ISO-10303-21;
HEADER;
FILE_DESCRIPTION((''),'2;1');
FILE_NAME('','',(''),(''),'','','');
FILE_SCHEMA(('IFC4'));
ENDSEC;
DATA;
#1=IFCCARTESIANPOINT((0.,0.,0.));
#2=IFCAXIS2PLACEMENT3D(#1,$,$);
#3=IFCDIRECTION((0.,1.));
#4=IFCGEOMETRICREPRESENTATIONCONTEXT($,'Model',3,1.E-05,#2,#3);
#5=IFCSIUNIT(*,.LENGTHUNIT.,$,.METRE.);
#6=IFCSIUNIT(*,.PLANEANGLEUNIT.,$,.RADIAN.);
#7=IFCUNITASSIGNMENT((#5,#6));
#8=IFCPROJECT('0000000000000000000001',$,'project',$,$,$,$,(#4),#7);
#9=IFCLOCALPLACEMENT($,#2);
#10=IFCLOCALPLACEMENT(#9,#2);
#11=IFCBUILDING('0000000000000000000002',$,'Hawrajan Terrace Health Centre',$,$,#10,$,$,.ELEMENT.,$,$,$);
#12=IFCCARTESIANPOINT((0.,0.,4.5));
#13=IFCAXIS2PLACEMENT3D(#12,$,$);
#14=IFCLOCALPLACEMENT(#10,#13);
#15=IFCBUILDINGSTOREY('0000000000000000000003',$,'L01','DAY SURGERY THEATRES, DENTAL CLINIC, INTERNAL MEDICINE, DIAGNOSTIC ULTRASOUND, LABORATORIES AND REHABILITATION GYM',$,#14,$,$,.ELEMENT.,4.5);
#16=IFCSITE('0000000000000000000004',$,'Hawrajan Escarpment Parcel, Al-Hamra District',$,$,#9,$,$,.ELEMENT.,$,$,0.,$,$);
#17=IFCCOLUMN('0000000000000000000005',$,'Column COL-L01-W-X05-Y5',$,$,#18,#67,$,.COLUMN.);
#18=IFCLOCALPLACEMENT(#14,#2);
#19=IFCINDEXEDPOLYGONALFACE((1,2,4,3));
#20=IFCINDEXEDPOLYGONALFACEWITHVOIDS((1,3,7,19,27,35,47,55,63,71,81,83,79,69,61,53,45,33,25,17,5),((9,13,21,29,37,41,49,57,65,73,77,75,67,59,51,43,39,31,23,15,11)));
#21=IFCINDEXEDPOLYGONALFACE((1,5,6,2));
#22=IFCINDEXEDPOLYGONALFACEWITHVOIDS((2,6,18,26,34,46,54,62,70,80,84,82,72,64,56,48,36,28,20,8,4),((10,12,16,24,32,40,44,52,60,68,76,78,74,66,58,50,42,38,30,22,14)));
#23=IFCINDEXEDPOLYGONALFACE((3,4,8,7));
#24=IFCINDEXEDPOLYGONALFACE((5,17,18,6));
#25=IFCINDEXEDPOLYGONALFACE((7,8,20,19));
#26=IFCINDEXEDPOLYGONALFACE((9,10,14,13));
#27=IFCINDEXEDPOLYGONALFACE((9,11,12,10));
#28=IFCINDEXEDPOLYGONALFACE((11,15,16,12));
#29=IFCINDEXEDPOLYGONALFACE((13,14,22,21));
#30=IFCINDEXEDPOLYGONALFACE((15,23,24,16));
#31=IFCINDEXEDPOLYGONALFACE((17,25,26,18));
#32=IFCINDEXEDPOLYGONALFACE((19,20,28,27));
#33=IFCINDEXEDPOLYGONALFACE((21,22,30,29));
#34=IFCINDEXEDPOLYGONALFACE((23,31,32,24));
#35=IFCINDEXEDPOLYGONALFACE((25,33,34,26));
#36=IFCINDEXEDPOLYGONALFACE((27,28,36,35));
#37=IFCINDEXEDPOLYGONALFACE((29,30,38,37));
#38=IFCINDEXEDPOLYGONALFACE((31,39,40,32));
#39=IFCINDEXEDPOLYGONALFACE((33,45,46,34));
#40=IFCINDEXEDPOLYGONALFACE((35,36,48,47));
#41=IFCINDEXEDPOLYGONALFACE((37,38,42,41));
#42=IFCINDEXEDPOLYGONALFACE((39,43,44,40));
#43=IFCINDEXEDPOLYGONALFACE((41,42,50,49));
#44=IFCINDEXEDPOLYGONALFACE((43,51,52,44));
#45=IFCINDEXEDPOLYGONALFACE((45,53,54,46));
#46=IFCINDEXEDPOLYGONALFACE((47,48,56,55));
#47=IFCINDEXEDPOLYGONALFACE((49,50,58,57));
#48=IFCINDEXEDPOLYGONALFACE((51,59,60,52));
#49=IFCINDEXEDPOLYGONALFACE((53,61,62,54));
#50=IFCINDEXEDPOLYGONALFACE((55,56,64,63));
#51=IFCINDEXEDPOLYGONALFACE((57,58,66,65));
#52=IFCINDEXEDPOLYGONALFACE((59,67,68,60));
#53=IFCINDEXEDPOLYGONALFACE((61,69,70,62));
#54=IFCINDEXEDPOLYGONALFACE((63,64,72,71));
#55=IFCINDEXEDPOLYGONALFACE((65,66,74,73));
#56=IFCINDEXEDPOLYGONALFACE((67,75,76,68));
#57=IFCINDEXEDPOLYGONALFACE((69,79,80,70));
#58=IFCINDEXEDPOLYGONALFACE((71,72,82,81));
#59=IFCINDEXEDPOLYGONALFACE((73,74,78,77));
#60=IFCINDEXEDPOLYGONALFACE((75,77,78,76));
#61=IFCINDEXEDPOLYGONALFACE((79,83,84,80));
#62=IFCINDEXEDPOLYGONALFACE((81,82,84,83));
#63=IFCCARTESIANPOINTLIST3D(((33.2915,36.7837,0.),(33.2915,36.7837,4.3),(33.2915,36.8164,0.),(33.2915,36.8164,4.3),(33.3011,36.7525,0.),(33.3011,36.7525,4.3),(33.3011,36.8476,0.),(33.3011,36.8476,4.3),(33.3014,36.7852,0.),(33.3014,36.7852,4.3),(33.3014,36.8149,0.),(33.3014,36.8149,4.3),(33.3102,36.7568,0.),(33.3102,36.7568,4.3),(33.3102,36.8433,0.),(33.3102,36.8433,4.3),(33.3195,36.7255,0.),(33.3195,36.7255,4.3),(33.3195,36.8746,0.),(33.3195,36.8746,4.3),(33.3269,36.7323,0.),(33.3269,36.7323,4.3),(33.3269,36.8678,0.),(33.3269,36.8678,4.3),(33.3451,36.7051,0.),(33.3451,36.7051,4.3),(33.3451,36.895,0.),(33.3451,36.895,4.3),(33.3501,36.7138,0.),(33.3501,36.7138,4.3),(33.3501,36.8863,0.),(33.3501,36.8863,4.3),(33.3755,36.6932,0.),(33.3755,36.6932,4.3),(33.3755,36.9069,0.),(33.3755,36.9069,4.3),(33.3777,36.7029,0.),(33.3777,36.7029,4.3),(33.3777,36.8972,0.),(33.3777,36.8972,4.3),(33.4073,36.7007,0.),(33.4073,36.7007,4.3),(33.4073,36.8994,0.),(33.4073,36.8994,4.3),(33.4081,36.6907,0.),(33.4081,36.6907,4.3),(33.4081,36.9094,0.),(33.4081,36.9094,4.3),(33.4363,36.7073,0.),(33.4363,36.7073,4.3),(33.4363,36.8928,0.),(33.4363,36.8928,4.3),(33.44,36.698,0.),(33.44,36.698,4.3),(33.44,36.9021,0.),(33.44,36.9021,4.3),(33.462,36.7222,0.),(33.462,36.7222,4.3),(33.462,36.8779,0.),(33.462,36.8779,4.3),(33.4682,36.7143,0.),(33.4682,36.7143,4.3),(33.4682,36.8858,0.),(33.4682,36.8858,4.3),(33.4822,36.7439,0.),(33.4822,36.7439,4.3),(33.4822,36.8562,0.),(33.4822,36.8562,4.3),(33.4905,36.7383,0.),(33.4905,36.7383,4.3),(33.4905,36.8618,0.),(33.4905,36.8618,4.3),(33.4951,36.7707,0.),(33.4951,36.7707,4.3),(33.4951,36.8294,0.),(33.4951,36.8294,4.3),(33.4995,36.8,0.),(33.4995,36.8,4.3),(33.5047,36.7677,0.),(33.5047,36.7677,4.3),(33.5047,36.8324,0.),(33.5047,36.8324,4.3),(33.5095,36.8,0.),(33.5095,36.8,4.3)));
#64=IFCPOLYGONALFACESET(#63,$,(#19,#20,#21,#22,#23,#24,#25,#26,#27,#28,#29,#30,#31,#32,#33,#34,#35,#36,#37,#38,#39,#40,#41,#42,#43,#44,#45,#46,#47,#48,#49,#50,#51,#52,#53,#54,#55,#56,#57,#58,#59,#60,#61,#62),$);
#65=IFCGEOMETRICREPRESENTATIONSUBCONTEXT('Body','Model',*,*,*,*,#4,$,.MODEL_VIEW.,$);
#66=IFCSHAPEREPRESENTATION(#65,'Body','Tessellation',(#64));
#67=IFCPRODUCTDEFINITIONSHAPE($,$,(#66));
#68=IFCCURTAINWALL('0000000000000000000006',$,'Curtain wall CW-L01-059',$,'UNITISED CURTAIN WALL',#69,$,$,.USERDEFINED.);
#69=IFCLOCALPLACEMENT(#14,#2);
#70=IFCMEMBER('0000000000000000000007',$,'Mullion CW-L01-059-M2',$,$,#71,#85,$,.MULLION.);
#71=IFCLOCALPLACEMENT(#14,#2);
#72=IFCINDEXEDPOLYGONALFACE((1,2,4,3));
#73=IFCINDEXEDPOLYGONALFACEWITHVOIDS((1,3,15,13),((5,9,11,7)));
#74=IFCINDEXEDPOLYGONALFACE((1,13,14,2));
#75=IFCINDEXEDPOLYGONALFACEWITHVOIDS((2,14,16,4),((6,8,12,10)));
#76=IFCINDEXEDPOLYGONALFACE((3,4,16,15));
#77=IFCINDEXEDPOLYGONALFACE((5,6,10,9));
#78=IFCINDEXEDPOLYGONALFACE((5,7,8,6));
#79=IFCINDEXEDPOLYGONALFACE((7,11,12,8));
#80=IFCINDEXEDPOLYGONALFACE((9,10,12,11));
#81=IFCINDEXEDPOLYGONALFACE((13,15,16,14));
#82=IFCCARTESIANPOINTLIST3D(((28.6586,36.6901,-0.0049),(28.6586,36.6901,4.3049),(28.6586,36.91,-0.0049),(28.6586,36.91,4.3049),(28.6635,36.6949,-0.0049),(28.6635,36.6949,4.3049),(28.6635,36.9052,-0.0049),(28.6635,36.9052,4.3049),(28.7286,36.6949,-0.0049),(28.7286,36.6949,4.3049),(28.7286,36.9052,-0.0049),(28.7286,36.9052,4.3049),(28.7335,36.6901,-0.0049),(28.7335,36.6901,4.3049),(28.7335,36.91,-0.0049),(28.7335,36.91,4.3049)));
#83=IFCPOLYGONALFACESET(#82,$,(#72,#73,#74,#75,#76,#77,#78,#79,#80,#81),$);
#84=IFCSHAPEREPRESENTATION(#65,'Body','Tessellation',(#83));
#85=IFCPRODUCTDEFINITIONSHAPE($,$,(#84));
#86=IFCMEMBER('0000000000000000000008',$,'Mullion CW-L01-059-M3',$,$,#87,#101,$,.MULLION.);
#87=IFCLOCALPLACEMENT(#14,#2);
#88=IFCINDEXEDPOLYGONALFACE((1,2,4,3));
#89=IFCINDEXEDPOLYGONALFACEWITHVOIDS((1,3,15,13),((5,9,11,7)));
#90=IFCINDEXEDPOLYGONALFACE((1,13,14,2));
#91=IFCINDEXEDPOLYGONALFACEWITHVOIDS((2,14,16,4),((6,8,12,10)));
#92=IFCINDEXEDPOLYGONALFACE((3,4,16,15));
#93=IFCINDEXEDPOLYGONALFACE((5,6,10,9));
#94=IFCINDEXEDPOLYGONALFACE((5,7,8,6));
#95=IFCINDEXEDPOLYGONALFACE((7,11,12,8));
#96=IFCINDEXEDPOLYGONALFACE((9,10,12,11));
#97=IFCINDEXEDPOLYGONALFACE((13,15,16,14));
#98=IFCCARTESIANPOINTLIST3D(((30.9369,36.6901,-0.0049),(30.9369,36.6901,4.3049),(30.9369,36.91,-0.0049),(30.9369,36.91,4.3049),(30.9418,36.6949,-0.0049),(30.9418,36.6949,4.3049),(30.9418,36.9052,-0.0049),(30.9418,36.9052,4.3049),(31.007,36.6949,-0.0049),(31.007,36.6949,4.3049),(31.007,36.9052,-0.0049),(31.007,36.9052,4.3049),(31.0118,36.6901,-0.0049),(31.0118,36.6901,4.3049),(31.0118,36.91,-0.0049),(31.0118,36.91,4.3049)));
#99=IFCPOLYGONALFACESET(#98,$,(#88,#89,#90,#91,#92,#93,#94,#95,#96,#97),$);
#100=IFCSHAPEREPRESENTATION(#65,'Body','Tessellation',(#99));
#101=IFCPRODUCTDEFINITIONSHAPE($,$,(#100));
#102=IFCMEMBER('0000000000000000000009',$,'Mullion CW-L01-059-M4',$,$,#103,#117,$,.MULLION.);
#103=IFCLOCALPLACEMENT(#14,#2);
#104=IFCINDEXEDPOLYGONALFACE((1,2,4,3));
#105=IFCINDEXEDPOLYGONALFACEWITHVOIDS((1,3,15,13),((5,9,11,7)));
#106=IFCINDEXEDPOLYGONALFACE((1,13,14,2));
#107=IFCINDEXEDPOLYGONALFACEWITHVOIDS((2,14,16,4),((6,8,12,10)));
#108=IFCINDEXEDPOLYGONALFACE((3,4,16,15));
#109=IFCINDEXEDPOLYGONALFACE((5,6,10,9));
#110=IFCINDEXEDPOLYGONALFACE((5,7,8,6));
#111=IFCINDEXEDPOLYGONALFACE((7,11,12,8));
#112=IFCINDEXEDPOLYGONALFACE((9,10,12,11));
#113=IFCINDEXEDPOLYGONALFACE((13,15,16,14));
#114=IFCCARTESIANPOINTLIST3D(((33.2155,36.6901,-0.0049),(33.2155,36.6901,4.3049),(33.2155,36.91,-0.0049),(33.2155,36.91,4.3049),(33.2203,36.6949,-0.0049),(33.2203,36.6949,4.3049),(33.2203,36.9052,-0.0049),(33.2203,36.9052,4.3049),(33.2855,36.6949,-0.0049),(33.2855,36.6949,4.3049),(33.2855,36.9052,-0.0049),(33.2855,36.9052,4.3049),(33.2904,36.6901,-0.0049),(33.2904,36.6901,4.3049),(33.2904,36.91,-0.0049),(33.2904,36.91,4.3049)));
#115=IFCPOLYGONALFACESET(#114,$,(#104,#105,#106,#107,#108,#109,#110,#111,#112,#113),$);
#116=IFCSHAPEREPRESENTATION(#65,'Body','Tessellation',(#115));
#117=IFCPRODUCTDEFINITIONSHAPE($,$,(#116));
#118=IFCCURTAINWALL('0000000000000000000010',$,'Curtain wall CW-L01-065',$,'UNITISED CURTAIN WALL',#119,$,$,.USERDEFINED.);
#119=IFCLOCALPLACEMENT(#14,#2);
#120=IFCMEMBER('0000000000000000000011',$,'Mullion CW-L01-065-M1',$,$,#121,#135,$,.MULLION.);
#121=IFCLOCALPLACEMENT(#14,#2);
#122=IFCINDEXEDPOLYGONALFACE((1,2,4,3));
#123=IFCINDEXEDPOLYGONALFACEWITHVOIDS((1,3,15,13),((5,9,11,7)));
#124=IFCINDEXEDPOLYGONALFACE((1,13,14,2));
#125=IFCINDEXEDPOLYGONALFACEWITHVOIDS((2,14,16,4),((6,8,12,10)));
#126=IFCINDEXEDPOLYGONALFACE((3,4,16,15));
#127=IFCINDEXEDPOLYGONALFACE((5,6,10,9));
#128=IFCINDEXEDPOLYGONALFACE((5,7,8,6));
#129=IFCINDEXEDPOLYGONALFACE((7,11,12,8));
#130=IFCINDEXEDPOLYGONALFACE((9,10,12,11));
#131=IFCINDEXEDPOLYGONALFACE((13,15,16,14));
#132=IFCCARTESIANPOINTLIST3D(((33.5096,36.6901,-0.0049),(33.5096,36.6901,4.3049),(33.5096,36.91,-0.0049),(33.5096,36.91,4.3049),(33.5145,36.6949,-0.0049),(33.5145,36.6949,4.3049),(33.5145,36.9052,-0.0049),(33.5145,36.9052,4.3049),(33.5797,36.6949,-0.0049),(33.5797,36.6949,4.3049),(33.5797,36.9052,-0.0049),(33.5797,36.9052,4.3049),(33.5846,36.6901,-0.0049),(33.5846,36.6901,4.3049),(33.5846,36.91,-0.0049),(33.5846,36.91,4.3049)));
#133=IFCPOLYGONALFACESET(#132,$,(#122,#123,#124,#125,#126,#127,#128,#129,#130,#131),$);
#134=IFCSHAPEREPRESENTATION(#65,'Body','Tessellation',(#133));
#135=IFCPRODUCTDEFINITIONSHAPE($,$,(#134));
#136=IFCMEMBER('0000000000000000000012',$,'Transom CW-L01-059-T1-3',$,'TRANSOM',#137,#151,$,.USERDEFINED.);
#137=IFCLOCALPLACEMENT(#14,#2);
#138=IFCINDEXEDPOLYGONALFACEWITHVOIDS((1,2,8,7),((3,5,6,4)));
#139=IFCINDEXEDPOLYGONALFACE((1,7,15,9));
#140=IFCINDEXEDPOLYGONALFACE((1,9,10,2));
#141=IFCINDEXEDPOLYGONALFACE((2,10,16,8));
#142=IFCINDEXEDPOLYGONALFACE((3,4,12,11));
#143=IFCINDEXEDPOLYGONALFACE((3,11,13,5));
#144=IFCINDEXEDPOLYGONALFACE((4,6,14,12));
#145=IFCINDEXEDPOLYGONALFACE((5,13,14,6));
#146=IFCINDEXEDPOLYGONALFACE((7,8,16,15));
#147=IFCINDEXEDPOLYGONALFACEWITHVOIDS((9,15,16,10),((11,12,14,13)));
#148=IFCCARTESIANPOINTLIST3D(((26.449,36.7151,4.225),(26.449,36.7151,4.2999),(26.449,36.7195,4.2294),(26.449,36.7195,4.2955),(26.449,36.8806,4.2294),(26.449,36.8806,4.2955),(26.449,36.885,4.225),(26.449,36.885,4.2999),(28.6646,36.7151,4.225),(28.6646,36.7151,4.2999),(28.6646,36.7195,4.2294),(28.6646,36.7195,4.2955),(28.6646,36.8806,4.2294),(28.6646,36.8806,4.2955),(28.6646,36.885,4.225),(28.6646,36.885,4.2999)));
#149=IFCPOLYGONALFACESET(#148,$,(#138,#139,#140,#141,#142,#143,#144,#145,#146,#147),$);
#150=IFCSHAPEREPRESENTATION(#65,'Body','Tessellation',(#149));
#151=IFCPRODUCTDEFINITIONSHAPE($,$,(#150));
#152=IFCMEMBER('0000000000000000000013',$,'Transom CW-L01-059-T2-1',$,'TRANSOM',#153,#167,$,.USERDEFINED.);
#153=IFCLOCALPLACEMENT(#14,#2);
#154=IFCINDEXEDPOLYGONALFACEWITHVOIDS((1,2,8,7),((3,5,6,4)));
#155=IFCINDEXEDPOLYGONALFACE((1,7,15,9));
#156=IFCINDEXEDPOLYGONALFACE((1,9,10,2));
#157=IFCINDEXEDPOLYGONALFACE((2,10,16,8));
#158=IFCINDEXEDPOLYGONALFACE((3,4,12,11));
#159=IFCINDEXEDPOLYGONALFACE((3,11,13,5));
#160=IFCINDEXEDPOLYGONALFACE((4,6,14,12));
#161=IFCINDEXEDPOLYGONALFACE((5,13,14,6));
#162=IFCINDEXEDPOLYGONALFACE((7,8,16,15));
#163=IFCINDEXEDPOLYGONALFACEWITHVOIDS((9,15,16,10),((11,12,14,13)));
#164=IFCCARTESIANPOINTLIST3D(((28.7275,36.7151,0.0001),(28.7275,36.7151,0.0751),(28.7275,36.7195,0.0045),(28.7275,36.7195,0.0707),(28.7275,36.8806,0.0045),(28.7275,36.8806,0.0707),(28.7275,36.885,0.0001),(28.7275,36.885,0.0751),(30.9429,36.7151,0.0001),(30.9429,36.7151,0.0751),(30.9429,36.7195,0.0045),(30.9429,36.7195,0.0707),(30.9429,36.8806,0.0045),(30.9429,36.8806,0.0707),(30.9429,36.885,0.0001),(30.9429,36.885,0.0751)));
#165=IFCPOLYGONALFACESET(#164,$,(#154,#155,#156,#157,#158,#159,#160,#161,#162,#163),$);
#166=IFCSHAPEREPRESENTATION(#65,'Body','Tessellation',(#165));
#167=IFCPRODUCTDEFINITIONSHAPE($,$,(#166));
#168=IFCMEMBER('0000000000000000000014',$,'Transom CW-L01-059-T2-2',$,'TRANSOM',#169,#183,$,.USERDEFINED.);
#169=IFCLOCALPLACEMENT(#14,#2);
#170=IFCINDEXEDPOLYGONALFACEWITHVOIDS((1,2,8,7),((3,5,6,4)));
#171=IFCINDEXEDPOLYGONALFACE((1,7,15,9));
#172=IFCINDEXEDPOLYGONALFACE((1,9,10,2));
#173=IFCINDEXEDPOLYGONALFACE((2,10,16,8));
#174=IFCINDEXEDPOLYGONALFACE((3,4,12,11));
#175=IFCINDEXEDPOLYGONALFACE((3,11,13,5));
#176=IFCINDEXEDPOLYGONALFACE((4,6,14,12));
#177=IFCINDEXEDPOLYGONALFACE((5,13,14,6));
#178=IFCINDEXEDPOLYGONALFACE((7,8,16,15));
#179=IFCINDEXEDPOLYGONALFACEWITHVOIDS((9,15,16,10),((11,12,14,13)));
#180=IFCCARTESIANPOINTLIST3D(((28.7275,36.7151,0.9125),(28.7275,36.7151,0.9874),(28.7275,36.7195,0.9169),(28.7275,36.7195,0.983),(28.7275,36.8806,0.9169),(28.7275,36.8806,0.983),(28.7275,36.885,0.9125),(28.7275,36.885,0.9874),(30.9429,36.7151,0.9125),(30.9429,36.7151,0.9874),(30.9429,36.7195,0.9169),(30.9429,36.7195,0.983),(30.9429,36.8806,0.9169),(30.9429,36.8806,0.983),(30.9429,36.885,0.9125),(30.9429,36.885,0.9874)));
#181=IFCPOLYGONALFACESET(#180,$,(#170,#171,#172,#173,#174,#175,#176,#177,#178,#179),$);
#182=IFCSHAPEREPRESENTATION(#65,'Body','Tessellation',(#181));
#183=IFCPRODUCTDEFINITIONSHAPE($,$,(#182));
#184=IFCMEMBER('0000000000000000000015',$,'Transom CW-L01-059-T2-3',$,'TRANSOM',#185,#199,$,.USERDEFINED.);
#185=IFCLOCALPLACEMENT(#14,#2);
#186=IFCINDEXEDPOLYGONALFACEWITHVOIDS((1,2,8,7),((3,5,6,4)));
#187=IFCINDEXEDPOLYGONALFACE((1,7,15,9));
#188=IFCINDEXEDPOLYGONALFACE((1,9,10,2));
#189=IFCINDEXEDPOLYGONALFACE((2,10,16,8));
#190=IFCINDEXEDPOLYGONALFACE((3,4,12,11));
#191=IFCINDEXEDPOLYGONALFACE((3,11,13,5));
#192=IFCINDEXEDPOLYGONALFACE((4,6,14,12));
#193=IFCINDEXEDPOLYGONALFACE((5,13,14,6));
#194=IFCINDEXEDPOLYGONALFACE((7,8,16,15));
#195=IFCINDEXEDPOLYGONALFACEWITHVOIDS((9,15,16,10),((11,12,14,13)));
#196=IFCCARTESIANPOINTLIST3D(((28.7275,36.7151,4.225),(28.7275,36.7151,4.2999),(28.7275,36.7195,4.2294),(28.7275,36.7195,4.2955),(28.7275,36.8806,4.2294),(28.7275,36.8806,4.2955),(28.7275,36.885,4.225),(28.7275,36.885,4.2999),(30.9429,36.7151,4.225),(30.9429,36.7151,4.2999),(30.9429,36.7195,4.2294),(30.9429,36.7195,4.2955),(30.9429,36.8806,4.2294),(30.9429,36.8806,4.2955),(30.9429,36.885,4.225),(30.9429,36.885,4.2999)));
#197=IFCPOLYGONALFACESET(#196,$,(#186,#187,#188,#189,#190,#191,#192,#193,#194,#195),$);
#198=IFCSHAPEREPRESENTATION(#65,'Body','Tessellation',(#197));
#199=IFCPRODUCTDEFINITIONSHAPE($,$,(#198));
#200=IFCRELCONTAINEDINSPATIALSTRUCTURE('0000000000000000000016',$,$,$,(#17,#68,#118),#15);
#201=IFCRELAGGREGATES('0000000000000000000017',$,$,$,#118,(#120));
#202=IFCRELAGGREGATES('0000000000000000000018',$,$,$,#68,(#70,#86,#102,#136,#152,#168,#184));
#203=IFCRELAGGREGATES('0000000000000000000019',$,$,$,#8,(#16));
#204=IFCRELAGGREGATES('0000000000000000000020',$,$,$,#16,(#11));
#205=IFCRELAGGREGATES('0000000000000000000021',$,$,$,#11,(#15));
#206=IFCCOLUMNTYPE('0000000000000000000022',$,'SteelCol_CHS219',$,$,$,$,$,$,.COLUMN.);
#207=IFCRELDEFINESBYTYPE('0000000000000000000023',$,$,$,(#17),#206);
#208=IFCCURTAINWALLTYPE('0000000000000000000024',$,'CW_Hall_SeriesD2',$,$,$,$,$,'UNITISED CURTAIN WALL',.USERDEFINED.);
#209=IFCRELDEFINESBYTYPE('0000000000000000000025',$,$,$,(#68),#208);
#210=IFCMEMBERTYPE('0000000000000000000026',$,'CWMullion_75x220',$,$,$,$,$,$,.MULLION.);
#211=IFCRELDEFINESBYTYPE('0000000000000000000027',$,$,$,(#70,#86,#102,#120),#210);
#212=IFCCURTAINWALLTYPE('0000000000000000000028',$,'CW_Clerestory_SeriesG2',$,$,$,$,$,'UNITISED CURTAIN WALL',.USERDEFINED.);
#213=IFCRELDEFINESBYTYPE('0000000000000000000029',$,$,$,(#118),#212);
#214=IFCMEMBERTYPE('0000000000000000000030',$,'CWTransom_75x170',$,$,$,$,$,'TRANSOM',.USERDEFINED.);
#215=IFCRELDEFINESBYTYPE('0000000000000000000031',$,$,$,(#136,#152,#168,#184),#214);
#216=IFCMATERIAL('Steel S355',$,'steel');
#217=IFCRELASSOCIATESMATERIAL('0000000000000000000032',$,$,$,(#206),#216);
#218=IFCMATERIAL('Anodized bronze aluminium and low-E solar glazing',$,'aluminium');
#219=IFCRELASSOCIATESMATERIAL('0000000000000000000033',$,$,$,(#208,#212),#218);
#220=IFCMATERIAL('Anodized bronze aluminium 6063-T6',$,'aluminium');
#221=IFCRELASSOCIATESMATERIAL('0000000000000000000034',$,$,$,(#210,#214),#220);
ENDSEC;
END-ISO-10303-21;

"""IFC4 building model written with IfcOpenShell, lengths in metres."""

from ifc_helpers import new_model, si_unit, direction, frame, origin, origin_2d, place, context, subcontext, project, spatial, hollow_rectangle, hollow_circle, extrude, material, material_profile, profile_set, type_object, element, aggregate, save


model = new_model("IFC4")

# Units and contexts
model_context = context("Model", 3, precision=1e-05, world=origin(), true_north=direction((0.0, 1.0)))
body_context = subcontext(model_context, "Body", "Model", "MODEL_VIEW")
ifc_project = project(units=[si_unit("LENGTHUNIT", "METRE"), si_unit("PLANEANGLEUNIT", "RADIAN")], contexts=[model_context])

# Site, building, storey
site_placement = place(None, origin())
site = spatial("IfcSite", under=ifc_project, at=site_placement, Name="Hawrajan Escarpment Parcel, Al-Hamra District", CompositionType="ELEMENT", RefElevation=0.0)
building_placement = place(site_placement, origin())
building = spatial("IfcBuilding", under=site, at=building_placement, Name="Hawrajan Terrace Health Centre", CompositionType="ELEMENT")
storey_placement = place(building_placement, frame((0.0, 0.0, 4.5)))
storey = spatial("IfcBuildingStorey", under=building, at=storey_placement, Name="L01", Description="DAY SURGERY THEATRES, DENTAL CLINIC, INTERNAL MEDICINE, DIAGNOSTIC ULTRASOUND, LABORATORIES AND REHABILITATION GYM", CompositionType="ELEMENT", Elevation=4.5)

# Column
ifc_material_1 = material(Name="Steel S355", Category="steel")
ifc_material_profile_1 = material_profile(ifc_material_1, hollow_circle(Radius=0.1096, WallThickness=0.01, at=origin_2d()), Name="CHS 219.1x10.0")
ifc_profile_set_1 = profile_set([ifc_material_profile_1], Name="Steel S355")
column_type = type_object("IfcColumnType", Name="SteelCol_CHS219", PredefinedType="COLUMN", material=ifc_profile_set_1)
column_placement = place(storey_placement, frame((33.3999, 36.8, 0.0), z_axis=(0.0, 0.0, 1.0), x_axis=(1.0, 0.0, 0.0)))
element("IfcColumn", 1, at=column_placement, inside=storey, type_object=column_type, Name="Column COL-L01-W-X05-Y5", PredefinedType="COLUMN", context=body_context, shape_type="SweptSolid", body=[
    extrude(hollow_circle(Radius=0.1096, WallThickness=0.01, at=origin_2d()), origin(), (0.0, 0.0, 1.0), 4.3),
])

# Curtain wall, members
ifc_material_2 = material(Name="Anodized bronze aluminium and low-E solar glazing", Category="aluminium")
curtain_wall_type_1 = type_object("IfcCurtainWallType", Name="CW_Hall_SeriesD2", ElementType="UNITISED CURTAIN WALL", PredefinedType="USERDEFINED", material=ifc_material_2)
curtain_wall_1_placement = place(storey_placement, origin())
curtain_wall_1 = element("IfcCurtainWall", 2, at=curtain_wall_1_placement, inside=storey, type_object=curtain_wall_type_1, Name="Curtain wall CW-L01-059", ObjectType="UNITISED CURTAIN WALL", PredefinedType="USERDEFINED")
ifc_material_3 = material(Name="Anodized bronze aluminium 6063-T6", Category="aluminium")
ifc_material_profile_2 = material_profile(ifc_material_3, hollow_rectangle(XDim=0.075, YDim=0.22, WallThickness=0.0049, at=origin_2d()), Name="CW MUL 75x220")
ifc_profile_set_2 = profile_set([ifc_material_profile_2], Name="Anodized bronze aluminium 6063-T6")
member_type_1 = type_object("IfcMemberType", Name="CWMullion_75x220", PredefinedType="MULLION", material=ifc_profile_set_2)
member_1_placement = place(storey_placement, frame((28.696, 36.8, -0.0049), z_axis=(0.0, 0.0, 1.0), x_axis=(1.0, 0.0, 0.0)))
member_1 = element("IfcMember", 3, at=member_1_placement, type_object=member_type_1, Name="Mullion CW-L01-059-M2", PredefinedType="MULLION", context=body_context, shape_type="SweptSolid", body=[
    extrude(hollow_rectangle(XDim=0.075, YDim=0.22, WallThickness=0.0049, at=origin_2d()), origin(), (0.0, 0.0, 1.0), 4.3098),
])
member_2_placement = place(storey_placement, frame((30.9744, 36.8, -0.0049), z_axis=(0.0, 0.0, 1.0), x_axis=(1.0, 0.0, 0.0)))
member_2 = element("IfcMember", 4, at=member_2_placement, type_object=member_type_1, Name="Mullion CW-L01-059-M3", PredefinedType="MULLION", context=body_context, shape_type="SweptSolid", body=[
    extrude(hollow_rectangle(XDim=0.075, YDim=0.22, WallThickness=0.0049, at=origin_2d()), origin(), (0.0, 0.0, 1.0), 4.3098),
])
member_3_placement = place(storey_placement, frame((33.2529, 36.8, -0.0049), z_axis=(0.0, 0.0, 1.0), x_axis=(1.0, 0.0, 0.0)))
member_3 = element("IfcMember", 5, at=member_3_placement, type_object=member_type_1, Name="Mullion CW-L01-059-M4", PredefinedType="MULLION", context=body_context, shape_type="SweptSolid", body=[
    extrude(hollow_rectangle(XDim=0.075, YDim=0.22, WallThickness=0.0049, at=origin_2d()), origin(), (0.0, 0.0, 1.0), 4.3098),
])

# Curtain wall, member
curtain_wall_type_2 = type_object("IfcCurtainWallType", Name="CW_Clerestory_SeriesG2", ElementType="UNITISED CURTAIN WALL", PredefinedType="USERDEFINED", material=ifc_material_2)
curtain_wall_2_placement = place(storey_placement, origin())
curtain_wall_2 = element("IfcCurtainWall", 6, at=curtain_wall_2_placement, inside=storey, type_object=curtain_wall_type_2, Name="Curtain wall CW-L01-065", ObjectType="UNITISED CURTAIN WALL", PredefinedType="USERDEFINED")
member_4_placement = place(storey_placement, frame((33.5471, 36.8, -0.0049), z_axis=(0.0, 0.0, 1.0), x_axis=(1.0, 0.0, 0.0)))
member_4 = element("IfcMember", 7, at=member_4_placement, type_object=member_type_1, Name="Mullion CW-L01-065-M1", PredefinedType="MULLION", context=body_context, shape_type="SweptSolid", body=[
    extrude(hollow_rectangle(XDim=0.075, YDim=0.22, WallThickness=0.0049, at=origin_2d()), origin(), (0.0, 0.0, 1.0), 4.3098),
])

# Members
ifc_material_profile_3 = material_profile(ifc_material_3, hollow_rectangle(XDim=0.075, YDim=0.1699, WallThickness=0.0044, at=origin_2d()), Name="CW TRN 75x170")
ifc_profile_set_3 = profile_set([ifc_material_profile_3], Name="Anodized bronze aluminium 6063-T6")
member_type_2 = type_object("IfcMemberType", Name="CWTransom_75x170", ElementType="TRANSOM", PredefinedType="USERDEFINED", material=ifc_profile_set_3)
member_5_placement = place(storey_placement, frame((26.449, 36.8, 4.2625), z_axis=(1.0, 0.0, 0.0), x_axis=(0.0, 0.0, 1.0)))
member_5 = element("IfcMember", 8, at=member_5_placement, type_object=member_type_2, Name="Transom CW-L01-059-T1-3", ObjectType="TRANSOM", PredefinedType="USERDEFINED", context=body_context, shape_type="SweptSolid", body=[
    extrude(hollow_rectangle(XDim=0.075, YDim=0.1699, WallThickness=0.0044, at=origin_2d()), origin(), (0.0, 0.0, 1.0), 2.2156),
])
member_6_placement = place(storey_placement, frame((28.7275, 36.8, 0.0376), z_axis=(1.0, 0.0, 0.0), x_axis=(0.0, 0.0, 1.0)))
member_6 = element("IfcMember", 9, at=member_6_placement, type_object=member_type_2, Name="Transom CW-L01-059-T2-1", ObjectType="TRANSOM", PredefinedType="USERDEFINED", context=body_context, shape_type="SweptSolid", body=[
    extrude(hollow_rectangle(XDim=0.075, YDim=0.1699, WallThickness=0.0044, at=origin_2d()), origin(), (0.0, 0.0, 1.0), 2.2153),
])
member_7_placement = place(storey_placement, frame((28.7275, 36.8, 0.95), z_axis=(1.0, 0.0, 0.0), x_axis=(0.0, 0.0, 1.0)))
member_7 = element("IfcMember", 10, at=member_7_placement, type_object=member_type_2, Name="Transom CW-L01-059-T2-2", ObjectType="TRANSOM", PredefinedType="USERDEFINED", context=body_context, shape_type="SweptSolid", body=[
    extrude(hollow_rectangle(XDim=0.075, YDim=0.1699, WallThickness=0.0044, at=origin_2d()), origin(), (0.0, 0.0, 1.0), 2.2153),
])
member_8_placement = place(storey_placement, frame((28.7275, 36.8, 4.2625), z_axis=(1.0, 0.0, 0.0), x_axis=(0.0, 0.0, 1.0)))
member_8 = element("IfcMember", 11, at=member_8_placement, type_object=member_type_2, Name="Transom CW-L01-059-T2-3", ObjectType="TRANSOM", PredefinedType="USERDEFINED", context=body_context, shape_type="SweptSolid", body=[
    extrude(hollow_rectangle(XDim=0.075, YDim=0.1699, WallThickness=0.0044, at=origin_2d()), origin(), (0.0, 0.0, 1.0), 2.2153),
])
aggregate(curtain_wall_2, [member_4])

aggregate(curtain_wall_1, [member_1, member_2, member_3, member_5, member_6, member_7, member_8])

save(model, "model.ifc")
